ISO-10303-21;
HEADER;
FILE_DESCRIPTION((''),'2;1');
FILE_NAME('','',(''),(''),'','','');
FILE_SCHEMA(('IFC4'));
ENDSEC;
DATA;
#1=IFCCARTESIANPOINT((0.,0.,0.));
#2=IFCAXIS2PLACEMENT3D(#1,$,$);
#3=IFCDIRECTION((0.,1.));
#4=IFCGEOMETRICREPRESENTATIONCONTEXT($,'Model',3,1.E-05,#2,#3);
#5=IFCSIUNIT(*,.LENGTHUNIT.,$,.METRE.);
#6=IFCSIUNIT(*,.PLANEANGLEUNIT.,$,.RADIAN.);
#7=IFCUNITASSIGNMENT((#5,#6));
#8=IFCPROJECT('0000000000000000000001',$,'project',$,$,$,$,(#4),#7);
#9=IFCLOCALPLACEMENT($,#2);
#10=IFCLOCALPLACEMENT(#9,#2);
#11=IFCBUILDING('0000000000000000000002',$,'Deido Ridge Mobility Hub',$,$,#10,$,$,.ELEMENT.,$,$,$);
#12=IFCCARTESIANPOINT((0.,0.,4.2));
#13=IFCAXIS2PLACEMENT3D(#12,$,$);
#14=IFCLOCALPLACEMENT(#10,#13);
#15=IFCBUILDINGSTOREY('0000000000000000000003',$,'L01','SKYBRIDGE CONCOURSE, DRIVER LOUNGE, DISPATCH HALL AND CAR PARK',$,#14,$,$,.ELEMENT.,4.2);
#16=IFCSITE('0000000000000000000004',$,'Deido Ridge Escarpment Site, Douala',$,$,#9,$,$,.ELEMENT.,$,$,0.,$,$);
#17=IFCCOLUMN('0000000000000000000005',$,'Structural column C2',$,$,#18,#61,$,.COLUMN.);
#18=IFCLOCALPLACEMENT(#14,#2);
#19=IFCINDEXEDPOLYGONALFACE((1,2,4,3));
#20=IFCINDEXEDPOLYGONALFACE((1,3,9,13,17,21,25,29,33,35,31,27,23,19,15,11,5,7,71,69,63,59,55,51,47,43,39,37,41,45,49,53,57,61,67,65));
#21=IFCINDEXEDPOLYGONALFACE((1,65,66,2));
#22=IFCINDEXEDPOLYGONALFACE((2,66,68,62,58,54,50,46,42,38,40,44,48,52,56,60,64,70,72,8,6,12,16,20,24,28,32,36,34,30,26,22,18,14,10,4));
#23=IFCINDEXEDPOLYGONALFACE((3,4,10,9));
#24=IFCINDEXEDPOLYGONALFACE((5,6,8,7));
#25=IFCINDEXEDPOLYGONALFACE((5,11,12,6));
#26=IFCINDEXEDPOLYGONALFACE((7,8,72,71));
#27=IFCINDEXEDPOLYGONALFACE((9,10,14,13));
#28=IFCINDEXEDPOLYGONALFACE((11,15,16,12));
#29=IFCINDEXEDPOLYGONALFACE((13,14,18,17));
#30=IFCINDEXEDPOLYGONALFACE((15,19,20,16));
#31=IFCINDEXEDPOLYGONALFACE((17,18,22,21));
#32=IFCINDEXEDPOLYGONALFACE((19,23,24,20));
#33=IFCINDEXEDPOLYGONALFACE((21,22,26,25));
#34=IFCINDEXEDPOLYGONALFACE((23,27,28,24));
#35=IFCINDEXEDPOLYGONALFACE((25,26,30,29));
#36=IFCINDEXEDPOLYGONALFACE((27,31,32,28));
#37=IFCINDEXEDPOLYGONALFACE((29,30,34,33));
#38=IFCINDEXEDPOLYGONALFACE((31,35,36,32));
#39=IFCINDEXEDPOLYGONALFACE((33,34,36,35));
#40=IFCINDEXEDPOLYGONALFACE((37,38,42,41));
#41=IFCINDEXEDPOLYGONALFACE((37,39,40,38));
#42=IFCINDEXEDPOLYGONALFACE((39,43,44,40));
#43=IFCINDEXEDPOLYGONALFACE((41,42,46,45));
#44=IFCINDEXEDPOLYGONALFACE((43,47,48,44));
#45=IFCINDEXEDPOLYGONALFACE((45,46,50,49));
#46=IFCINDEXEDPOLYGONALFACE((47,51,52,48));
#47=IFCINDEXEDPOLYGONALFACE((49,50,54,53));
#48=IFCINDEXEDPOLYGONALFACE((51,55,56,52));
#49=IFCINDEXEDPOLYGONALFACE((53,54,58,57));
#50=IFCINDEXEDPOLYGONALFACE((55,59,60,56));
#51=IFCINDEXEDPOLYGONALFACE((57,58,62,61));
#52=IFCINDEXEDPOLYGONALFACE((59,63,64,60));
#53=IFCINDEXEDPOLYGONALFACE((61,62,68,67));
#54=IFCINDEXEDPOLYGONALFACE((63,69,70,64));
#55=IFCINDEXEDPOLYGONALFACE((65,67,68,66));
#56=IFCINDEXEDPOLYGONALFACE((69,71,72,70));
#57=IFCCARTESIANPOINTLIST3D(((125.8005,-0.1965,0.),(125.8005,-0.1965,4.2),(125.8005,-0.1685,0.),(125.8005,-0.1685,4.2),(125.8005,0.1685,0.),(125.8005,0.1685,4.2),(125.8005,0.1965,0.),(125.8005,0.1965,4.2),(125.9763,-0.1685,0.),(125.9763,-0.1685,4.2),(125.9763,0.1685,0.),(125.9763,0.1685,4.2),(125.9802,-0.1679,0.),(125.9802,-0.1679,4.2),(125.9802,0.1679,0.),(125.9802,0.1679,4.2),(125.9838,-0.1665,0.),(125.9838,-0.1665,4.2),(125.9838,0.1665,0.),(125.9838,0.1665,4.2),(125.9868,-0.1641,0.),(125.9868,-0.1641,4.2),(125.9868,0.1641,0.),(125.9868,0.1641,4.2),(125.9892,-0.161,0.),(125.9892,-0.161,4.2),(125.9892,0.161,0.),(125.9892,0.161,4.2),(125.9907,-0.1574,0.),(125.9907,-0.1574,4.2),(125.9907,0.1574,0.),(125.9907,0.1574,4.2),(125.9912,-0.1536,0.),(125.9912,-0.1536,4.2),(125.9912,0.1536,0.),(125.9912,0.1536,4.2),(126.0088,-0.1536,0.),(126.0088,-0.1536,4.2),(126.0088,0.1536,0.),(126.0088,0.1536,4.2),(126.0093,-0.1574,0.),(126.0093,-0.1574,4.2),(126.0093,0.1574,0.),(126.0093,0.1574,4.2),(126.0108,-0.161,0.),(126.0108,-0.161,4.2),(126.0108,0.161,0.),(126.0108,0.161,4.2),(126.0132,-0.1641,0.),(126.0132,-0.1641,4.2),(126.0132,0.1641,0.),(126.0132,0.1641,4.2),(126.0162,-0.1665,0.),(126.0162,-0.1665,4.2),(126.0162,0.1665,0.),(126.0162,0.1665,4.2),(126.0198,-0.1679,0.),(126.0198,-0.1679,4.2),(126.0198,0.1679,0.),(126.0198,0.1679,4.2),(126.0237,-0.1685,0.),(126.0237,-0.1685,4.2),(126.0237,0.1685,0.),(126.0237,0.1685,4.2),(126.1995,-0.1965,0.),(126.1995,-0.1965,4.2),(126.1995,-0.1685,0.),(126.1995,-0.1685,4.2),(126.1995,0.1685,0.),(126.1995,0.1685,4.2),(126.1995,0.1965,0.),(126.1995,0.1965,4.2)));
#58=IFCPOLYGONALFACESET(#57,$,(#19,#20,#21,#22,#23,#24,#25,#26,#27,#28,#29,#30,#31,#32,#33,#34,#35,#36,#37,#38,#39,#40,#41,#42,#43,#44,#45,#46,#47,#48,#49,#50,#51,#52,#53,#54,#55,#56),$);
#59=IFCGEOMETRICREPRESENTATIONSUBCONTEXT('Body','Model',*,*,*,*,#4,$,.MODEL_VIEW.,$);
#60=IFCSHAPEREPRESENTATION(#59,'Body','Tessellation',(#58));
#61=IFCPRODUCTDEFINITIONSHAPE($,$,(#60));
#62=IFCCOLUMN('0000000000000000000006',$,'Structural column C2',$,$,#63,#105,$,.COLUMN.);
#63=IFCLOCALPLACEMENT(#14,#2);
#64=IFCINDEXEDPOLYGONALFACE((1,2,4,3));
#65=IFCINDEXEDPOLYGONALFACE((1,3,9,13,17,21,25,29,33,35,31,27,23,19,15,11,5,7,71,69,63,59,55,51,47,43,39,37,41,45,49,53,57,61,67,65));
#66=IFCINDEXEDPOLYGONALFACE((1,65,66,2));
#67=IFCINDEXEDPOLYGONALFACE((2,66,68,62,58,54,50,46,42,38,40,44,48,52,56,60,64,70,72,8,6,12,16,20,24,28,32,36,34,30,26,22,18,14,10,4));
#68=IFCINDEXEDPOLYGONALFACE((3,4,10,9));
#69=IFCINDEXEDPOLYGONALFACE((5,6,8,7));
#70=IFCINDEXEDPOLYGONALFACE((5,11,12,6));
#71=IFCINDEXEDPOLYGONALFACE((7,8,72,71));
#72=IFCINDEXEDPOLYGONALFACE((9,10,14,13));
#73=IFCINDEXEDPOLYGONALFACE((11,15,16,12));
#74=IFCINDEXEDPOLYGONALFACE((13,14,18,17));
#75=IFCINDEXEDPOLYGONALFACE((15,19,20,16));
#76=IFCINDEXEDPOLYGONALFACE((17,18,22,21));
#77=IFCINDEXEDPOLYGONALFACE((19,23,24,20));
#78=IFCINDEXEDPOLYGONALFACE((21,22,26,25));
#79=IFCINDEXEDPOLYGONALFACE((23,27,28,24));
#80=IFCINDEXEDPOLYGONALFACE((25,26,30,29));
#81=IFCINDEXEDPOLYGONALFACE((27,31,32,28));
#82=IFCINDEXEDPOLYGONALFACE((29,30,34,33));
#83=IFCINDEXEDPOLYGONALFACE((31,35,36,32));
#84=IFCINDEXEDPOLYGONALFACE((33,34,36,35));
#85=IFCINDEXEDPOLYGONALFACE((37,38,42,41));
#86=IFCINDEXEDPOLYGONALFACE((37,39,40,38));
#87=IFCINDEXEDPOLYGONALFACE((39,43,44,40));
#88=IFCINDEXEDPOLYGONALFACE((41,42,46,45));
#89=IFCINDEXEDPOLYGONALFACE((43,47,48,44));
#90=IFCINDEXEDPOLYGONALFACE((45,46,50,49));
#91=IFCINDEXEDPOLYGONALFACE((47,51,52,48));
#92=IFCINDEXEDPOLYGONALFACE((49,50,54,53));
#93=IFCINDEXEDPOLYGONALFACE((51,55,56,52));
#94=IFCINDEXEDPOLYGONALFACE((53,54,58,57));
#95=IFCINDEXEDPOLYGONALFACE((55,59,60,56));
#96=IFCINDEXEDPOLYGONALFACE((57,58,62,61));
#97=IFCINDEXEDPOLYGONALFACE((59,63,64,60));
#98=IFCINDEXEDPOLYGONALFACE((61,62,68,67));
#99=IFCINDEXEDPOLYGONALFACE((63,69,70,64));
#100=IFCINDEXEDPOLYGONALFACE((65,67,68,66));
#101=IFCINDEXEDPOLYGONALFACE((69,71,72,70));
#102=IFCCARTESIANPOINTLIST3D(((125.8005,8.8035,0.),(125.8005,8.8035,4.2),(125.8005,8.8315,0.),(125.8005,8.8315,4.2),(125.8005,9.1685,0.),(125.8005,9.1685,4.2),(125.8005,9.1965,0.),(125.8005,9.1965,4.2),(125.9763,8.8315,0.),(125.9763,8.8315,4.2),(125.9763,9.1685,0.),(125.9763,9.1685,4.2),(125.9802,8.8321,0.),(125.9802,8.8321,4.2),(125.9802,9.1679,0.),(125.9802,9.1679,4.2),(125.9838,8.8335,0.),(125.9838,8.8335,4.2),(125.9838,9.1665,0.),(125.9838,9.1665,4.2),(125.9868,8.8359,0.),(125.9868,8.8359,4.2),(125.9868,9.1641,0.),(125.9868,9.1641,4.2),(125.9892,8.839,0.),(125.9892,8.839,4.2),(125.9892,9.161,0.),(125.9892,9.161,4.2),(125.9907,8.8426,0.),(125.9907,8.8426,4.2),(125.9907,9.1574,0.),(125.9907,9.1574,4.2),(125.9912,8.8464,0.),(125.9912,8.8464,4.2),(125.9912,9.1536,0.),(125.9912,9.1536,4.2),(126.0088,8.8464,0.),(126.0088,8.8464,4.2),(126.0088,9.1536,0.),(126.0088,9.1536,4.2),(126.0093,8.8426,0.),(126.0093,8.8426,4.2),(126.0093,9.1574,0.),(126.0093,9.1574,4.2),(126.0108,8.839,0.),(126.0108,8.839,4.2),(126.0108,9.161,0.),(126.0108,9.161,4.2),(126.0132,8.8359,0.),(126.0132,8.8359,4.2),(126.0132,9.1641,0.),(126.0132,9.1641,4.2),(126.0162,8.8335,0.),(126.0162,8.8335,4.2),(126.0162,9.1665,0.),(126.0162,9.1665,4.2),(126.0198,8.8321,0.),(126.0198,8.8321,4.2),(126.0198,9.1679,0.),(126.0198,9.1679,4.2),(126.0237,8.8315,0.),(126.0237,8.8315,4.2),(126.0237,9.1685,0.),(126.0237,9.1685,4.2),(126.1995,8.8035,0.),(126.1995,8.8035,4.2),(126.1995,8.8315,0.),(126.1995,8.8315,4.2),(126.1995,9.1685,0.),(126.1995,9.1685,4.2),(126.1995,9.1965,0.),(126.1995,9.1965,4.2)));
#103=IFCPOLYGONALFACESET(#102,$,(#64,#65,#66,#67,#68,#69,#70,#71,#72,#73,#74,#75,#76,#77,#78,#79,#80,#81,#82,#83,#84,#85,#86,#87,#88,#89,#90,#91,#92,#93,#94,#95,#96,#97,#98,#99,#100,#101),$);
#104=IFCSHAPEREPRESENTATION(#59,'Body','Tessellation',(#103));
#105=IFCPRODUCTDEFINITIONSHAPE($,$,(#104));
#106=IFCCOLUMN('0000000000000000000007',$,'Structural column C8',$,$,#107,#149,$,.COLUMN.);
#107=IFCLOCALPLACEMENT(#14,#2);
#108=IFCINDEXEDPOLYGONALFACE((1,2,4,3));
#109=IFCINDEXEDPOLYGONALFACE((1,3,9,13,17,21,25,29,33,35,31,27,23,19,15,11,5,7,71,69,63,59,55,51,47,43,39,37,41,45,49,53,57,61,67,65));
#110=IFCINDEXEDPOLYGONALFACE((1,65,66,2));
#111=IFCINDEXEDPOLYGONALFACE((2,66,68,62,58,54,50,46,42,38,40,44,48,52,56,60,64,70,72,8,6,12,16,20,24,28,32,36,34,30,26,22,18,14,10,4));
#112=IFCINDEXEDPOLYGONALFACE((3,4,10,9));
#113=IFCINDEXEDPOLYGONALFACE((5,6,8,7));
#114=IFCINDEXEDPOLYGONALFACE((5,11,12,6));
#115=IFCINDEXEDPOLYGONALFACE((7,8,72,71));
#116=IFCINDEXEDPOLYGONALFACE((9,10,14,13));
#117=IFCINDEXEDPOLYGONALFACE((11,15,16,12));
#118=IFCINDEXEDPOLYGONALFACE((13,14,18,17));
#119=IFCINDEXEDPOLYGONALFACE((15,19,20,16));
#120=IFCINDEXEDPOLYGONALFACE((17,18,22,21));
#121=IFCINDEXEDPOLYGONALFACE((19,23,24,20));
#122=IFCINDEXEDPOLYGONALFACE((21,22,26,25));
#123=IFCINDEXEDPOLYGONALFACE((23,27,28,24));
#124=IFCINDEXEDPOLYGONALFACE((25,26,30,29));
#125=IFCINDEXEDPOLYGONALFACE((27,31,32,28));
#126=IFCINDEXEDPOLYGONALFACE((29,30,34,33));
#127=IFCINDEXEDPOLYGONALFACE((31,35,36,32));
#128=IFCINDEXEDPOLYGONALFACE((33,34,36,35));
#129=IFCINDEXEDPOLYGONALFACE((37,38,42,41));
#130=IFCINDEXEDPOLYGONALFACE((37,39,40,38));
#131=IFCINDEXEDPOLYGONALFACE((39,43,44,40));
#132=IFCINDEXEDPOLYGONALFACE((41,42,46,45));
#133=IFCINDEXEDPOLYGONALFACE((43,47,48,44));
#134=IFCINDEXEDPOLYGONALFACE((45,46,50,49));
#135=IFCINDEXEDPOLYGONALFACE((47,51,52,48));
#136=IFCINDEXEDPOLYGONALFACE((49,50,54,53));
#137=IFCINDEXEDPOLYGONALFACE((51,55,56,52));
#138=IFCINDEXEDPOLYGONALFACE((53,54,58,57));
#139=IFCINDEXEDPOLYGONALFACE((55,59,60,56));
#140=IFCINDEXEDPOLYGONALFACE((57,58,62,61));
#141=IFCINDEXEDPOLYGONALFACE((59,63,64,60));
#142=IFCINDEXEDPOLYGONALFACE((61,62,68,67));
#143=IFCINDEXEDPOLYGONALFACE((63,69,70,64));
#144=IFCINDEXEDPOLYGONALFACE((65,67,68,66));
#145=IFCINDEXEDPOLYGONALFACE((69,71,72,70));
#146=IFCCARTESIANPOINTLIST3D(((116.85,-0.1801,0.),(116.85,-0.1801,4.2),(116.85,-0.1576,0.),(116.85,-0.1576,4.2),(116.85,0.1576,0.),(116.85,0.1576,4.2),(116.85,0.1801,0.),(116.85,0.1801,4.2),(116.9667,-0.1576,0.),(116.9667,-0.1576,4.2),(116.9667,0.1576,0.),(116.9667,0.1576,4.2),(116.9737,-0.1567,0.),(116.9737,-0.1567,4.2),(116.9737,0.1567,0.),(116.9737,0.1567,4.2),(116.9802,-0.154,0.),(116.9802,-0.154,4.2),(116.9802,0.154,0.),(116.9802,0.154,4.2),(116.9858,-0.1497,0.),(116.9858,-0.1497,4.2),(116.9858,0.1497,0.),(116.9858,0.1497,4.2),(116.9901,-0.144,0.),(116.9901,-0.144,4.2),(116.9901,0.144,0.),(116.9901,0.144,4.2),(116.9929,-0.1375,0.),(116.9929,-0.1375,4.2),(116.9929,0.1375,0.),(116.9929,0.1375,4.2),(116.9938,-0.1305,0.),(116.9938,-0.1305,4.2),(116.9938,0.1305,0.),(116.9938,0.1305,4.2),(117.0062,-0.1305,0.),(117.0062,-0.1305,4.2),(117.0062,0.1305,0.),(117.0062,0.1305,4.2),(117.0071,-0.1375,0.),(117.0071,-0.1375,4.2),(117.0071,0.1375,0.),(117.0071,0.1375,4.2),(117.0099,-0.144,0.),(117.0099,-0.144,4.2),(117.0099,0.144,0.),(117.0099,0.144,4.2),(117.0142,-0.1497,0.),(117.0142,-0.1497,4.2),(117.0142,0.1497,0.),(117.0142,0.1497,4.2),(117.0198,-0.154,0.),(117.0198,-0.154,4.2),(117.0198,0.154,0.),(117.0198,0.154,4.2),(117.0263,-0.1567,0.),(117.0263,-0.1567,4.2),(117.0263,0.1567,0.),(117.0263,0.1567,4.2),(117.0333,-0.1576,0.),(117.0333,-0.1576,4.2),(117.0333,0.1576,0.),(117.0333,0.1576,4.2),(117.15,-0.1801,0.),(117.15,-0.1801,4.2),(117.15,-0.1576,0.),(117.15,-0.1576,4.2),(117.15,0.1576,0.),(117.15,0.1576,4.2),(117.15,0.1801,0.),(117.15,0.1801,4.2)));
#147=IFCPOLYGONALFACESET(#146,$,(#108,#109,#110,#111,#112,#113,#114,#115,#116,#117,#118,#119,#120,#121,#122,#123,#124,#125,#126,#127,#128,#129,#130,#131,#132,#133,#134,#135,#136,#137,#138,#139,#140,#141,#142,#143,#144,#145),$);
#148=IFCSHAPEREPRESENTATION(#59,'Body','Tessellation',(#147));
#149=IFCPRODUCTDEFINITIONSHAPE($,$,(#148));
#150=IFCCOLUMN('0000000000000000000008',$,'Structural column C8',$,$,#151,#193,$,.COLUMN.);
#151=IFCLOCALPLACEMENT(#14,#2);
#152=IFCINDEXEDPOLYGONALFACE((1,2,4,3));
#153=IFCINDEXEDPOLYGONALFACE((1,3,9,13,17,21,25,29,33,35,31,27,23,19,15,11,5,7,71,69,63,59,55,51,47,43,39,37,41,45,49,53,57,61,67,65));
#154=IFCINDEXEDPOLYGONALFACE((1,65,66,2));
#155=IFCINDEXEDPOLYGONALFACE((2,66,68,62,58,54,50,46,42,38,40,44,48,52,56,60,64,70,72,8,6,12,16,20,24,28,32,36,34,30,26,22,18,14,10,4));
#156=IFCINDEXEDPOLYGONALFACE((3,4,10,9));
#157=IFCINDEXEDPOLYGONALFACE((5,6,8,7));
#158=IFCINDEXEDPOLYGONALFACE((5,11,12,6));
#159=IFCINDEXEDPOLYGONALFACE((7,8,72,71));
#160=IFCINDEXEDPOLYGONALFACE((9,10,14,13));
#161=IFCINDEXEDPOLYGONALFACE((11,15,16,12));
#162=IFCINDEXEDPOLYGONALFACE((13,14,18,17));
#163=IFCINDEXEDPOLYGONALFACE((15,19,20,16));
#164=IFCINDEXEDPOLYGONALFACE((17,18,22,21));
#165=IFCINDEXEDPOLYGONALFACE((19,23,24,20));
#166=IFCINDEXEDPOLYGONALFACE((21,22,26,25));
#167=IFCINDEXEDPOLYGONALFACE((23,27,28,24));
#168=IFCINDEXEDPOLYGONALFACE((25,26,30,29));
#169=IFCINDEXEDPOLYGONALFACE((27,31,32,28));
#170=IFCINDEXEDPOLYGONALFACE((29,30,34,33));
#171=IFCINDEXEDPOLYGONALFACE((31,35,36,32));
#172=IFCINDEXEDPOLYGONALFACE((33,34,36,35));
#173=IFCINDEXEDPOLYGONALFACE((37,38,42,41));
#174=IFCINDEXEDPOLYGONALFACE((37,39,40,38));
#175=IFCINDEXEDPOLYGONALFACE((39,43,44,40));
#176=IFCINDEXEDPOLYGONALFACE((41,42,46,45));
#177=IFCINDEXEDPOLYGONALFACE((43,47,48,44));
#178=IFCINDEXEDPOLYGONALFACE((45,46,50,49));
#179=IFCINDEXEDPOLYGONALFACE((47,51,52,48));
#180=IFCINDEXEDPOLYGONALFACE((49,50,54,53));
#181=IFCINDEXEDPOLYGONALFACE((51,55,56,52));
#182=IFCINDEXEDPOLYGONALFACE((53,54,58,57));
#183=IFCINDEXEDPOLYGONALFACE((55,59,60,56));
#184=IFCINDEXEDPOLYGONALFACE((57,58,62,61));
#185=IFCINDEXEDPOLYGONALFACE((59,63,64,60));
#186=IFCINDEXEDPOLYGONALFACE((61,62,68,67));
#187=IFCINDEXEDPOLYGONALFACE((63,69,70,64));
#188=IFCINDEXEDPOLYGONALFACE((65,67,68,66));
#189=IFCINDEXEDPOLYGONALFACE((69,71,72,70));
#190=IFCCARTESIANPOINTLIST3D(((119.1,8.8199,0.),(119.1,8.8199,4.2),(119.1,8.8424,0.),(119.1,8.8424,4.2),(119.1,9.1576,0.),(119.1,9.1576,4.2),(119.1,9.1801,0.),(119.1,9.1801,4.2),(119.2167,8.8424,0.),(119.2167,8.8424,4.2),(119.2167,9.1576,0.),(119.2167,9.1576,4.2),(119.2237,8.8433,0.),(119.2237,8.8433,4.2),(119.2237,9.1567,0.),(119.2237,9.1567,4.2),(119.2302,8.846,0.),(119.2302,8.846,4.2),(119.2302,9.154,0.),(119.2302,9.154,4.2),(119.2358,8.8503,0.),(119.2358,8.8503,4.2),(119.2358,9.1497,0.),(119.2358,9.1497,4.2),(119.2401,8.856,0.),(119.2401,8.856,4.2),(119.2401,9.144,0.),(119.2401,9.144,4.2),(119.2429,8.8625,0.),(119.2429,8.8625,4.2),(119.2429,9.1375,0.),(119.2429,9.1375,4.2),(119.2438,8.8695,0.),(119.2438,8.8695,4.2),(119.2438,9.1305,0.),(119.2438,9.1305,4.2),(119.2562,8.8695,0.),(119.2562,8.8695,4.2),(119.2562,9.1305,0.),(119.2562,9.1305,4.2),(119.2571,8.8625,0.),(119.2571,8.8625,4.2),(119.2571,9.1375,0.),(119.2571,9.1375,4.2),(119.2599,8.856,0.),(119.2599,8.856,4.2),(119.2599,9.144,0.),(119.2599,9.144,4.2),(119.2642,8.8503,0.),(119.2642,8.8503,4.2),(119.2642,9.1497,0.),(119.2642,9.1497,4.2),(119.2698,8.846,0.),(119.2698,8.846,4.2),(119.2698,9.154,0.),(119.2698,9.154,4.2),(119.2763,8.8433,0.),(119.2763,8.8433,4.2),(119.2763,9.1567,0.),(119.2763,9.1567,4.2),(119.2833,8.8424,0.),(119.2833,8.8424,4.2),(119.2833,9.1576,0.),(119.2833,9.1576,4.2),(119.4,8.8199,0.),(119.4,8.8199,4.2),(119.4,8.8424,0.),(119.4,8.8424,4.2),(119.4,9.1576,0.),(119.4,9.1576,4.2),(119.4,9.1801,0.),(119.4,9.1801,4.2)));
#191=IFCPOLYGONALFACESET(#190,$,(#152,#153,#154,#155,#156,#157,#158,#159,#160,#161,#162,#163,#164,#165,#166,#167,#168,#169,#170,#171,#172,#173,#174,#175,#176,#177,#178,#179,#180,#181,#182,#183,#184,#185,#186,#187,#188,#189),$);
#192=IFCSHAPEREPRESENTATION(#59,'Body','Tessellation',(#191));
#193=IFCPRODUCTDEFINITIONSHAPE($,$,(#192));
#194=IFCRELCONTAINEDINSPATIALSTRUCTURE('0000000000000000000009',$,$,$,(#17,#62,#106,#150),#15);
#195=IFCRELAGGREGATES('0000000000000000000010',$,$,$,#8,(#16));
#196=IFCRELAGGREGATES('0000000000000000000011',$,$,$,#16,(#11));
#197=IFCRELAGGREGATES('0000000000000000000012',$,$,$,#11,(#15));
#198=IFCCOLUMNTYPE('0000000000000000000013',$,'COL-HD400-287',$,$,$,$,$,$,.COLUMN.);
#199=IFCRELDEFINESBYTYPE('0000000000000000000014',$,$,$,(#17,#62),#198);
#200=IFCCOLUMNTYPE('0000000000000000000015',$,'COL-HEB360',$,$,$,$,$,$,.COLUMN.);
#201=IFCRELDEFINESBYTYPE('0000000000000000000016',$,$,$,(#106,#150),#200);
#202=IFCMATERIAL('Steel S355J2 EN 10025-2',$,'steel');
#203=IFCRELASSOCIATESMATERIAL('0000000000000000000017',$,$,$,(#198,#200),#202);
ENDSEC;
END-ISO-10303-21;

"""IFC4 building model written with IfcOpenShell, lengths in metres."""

from ifc_helpers import new_model, si_unit, direction, frame, origin, origin_2d, place, context, subcontext, project, spatial, i_section, extrude, material, material_profile, profile_set, type_object, element, save


model = new_model("IFC4")

# Units and contexts
model_context = context("Model", 3, precision=1e-05, world=origin(), true_north=direction((0.0, 1.0)))
body_context = subcontext(model_context, "Body", "Model", "MODEL_VIEW")
ifc_project = project(units=[si_unit("LENGTHUNIT", "METRE"), si_unit("PLANEANGLEUNIT", "RADIAN")], contexts=[model_context])

# Site, building, storey
site_placement = place(None, origin())
site = spatial("IfcSite", under=ifc_project, at=site_placement, Name="Deido Ridge Escarpment Site, Douala", CompositionType="ELEMENT", RefElevation=0.0)
building_placement = place(site_placement, origin())
building = spatial("IfcBuilding", under=site, at=building_placement, Name="Deido Ridge Mobility Hub", CompositionType="ELEMENT")
storey_placement = place(building_placement, frame((0.0, 0.0, 4.2)))
storey = spatial("IfcBuildingStorey", under=building, at=storey_placement, Name="L01", Description="SKYBRIDGE CONCOURSE, DRIVER LOUNGE, DISPATCH HALL AND CAR PARK", CompositionType="ELEMENT", Elevation=4.2)

# Columns
ifc_material_1 = material(Name="Steel S355J2 EN 10025-2", Category="steel")
ifc_material_profile_1 = material_profile(ifc_material_1, i_section(OverallWidth=0.3989, OverallDepth=0.3931, WebThickness=0.0176, FlangeThickness=0.0281, FilletRadius=0.0149, at=origin_2d()), Name="HD 400x287")
ifc_profile_set_1 = profile_set([ifc_material_profile_1], Name="Steel S355J2 EN 10025-2")
column_type_1 = type_object("IfcColumnType", Name="COL-HD400-287", PredefinedType="COLUMN", material=ifc_profile_set_1)
for number, where, z_axis, x_axis, name in (
    (1, (126.0, 0.0, 0.0), (0.0, 0.0, 1.0), (1.0, 0.0, 0.0), "Structural column C2"),
    (2, (126.0, 9.0, 0.0), (0.0, 0.0, 1.0), (1.0, 0.0, 0.0), "Structural column C2"),
):
    element("IfcColumn", number, at=place(storey_placement, frame(where, z_axis=z_axis, x_axis=x_axis)), inside=storey, type_object=column_type_1, Name=name, PredefinedType="COLUMN", context=body_context, shape_type="SweptSolid", body=[
        extrude(i_section(OverallWidth=0.3989, OverallDepth=0.3931, WebThickness=0.0176, FlangeThickness=0.0281, FilletRadius=0.0149, at=origin_2d()), origin(), (0.0, 0.0, 1.0), 4.2),
    ])
ifc_material_profile_2 = material_profile(ifc_material_1, i_section(OverallWidth=0.3, OverallDepth=0.3601, WebThickness=0.0125, FlangeThickness=0.0225, FilletRadius=0.0271, at=origin_2d()), Name="HEB 360")
ifc_profile_set_2 = profile_set([ifc_material_profile_2], Name="Steel S355J2 EN 10025-2")
column_type_2 = type_object("IfcColumnType", Name="COL-HEB360", PredefinedType="COLUMN", material=ifc_profile_set_2)
for number, where, z_axis, x_axis, name in (
    (3, (117.0, 0.0, 0.0), (0.0, 0.0, 1.0), (1.0, 0.0, 0.0), "Structural column C8"),
    (4, (119.25, 9.0, 0.0), (0.0, 0.0, 1.0), (1.0, 0.0, 0.0), "Structural column C8"),
):
    element("IfcColumn", number, at=place(storey_placement, frame(where, z_axis=z_axis, x_axis=x_axis)), inside=storey, type_object=column_type_2, Name=name, PredefinedType="COLUMN", context=body_context, shape_type="SweptSolid", body=[
        extrude(i_section(OverallWidth=0.3, OverallDepth=0.3601, WebThickness=0.0125, FlangeThickness=0.0225, FilletRadius=0.0271, at=origin_2d()), origin(), (0.0, 0.0, 1.0), 4.2),
    ])

save(model, "model.ifc")
